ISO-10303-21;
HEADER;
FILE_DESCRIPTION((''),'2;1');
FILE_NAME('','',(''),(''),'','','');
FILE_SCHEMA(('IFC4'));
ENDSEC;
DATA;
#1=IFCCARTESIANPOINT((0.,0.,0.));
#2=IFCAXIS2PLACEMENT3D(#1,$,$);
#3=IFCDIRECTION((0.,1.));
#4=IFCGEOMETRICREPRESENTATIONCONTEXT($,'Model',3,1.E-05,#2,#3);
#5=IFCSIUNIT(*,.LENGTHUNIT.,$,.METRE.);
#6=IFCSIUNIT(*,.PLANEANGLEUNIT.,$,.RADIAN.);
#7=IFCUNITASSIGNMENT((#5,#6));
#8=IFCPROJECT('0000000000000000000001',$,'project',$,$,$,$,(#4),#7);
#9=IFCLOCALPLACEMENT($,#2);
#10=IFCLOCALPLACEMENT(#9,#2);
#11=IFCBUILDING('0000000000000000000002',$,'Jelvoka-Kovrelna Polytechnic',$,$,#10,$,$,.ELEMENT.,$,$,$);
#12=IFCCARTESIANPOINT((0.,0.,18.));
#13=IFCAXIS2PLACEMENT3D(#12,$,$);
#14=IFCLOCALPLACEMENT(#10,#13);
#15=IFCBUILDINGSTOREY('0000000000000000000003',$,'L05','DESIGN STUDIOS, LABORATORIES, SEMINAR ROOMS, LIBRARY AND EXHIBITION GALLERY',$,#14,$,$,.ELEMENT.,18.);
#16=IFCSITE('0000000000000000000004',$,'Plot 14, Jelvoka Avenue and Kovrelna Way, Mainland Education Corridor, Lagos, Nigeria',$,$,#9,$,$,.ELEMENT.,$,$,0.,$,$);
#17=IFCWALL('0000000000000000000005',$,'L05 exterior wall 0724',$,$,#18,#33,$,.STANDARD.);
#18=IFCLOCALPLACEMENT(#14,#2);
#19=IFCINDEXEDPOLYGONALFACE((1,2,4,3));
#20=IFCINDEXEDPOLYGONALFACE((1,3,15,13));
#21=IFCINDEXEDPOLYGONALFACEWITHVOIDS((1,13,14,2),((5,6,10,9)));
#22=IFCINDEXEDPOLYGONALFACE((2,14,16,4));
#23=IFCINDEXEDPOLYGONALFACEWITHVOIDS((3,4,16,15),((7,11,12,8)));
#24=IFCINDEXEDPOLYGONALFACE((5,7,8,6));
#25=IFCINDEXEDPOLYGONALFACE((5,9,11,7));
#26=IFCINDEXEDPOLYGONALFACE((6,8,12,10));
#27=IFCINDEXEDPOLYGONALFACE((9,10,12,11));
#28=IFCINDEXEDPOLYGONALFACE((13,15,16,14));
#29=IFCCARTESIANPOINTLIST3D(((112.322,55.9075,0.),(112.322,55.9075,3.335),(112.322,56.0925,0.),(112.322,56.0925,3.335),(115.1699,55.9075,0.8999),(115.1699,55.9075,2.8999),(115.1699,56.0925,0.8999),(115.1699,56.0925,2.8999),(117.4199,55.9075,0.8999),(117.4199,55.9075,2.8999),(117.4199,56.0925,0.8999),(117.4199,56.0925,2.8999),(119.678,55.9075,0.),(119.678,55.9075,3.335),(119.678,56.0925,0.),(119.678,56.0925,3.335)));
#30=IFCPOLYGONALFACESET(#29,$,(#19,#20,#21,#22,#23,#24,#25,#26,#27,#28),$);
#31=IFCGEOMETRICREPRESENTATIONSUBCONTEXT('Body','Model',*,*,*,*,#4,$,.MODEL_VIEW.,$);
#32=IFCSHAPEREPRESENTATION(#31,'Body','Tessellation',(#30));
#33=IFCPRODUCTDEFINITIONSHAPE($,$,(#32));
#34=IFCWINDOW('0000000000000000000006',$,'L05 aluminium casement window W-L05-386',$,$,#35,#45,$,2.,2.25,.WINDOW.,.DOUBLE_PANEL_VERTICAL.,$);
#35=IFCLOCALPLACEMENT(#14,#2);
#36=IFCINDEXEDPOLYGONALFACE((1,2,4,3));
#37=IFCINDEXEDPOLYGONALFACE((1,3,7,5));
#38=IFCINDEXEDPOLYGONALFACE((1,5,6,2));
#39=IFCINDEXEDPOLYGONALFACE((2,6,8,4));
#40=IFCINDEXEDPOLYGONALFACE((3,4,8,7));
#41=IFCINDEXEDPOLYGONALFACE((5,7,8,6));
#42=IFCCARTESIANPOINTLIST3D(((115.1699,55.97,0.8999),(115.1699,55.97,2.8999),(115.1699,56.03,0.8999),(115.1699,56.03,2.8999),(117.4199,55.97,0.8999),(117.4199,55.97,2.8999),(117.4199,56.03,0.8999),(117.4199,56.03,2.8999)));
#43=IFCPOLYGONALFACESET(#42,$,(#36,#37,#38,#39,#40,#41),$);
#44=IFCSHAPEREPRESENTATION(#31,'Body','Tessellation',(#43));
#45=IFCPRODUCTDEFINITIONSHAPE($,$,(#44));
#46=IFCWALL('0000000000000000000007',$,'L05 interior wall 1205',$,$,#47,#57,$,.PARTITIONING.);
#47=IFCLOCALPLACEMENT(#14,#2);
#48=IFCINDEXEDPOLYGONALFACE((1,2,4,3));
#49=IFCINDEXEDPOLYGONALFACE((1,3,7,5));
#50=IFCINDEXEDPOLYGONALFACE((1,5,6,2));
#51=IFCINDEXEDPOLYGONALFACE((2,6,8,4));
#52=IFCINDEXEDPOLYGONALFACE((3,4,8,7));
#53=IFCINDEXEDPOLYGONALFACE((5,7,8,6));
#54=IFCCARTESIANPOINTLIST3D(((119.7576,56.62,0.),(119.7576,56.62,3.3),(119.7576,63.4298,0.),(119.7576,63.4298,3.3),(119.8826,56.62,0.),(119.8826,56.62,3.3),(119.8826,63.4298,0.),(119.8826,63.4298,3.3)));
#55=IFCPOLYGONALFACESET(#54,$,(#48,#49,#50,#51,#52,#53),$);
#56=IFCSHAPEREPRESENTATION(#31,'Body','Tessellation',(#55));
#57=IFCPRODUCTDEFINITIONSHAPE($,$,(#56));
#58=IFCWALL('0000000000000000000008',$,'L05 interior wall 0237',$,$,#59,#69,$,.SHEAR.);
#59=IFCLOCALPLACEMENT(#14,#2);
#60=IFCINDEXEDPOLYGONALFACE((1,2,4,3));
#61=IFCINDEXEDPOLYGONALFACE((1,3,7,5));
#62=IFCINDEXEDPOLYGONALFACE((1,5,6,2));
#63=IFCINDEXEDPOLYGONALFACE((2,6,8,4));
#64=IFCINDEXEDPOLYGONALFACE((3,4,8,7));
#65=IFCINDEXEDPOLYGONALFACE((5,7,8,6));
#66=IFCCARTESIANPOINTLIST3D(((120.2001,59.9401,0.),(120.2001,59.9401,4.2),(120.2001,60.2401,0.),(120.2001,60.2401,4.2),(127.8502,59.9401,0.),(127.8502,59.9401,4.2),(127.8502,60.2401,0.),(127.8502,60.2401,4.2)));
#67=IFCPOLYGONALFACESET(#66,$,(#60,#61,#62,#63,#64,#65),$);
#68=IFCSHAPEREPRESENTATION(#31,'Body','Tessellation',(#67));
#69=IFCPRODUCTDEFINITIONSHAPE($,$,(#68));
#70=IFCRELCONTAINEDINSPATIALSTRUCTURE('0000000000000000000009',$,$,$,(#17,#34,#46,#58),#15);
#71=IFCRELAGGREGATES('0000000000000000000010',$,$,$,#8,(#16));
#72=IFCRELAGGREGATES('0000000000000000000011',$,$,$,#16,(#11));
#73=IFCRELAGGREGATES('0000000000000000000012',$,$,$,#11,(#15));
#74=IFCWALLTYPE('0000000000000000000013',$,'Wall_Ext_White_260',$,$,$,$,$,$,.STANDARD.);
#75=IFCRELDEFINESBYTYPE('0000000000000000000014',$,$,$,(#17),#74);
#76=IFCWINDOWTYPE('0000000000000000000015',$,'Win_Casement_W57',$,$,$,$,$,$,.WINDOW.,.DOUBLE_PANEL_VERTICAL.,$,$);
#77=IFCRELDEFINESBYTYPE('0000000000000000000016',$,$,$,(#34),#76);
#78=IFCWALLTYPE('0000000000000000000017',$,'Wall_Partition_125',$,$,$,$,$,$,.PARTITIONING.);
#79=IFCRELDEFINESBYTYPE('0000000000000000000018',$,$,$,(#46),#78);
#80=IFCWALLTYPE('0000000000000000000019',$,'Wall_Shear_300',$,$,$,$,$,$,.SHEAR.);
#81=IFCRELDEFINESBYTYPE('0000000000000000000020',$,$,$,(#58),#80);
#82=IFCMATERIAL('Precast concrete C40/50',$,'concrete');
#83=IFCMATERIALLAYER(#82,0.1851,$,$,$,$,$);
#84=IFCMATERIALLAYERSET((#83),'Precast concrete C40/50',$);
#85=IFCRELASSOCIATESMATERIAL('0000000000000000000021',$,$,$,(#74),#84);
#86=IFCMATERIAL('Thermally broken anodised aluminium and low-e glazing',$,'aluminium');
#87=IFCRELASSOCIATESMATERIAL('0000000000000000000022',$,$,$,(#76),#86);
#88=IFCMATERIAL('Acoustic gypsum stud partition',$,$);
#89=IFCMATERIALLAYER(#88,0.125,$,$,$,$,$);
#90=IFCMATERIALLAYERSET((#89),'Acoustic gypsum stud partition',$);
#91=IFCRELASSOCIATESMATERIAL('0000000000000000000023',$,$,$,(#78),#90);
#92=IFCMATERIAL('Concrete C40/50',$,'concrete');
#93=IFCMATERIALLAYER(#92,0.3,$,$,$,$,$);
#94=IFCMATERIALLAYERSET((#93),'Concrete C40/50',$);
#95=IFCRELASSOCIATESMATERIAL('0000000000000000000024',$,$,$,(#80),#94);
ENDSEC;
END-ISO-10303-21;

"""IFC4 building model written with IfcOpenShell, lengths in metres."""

from ifc_helpers import new_model, si_unit, direction, frame, frame_2d, origin, place, context, subcontext, project, spatial, rectangle, extrude, material, layer, layer_set, type_object, element, fill, save


model = new_model("IFC4")

# Units and contexts
model_context = context("Model", 3, precision=1e-05, world=origin(), true_north=direction((0.0, 1.0)))
body_context = subcontext(model_context, "Body", "Model", "MODEL_VIEW")
ifc_project = project(units=[si_unit("LENGTHUNIT", "METRE"), si_unit("PLANEANGLEUNIT", "RADIAN")], contexts=[model_context])

# Site, building, storey
site_placement = place(None, origin())
site = spatial("IfcSite", under=ifc_project, at=site_placement, Name="Plot 14, Jelvoka Avenue and Kovrelna Way, Mainland Education Corridor, Lagos, Nigeria", CompositionType="ELEMENT", RefElevation=0.0)
building_placement = place(site_placement, origin())
building = spatial("IfcBuilding", under=site, at=building_placement, Name="Jelvoka-Kovrelna Polytechnic", CompositionType="ELEMENT")
storey_placement = place(building_placement, frame((0.0, 0.0, 18.0)))
storey = spatial("IfcBuildingStorey", under=building, at=storey_placement, Name="L05", Description="DESIGN STUDIOS, LABORATORIES, SEMINAR ROOMS, LIBRARY AND EXHIBITION GALLERY", CompositionType="ELEMENT", Elevation=18.0)

# Wall, opening, window
ifc_material_1 = material(Name="Precast concrete C40/50", Category="concrete")
ifc_layer_1 = layer(ifc_material_1, 0.1851)
ifc_layer_set_1 = layer_set([ifc_layer_1], Name="Precast concrete C40/50")
wall_type_1 = type_object("IfcWallType", Name="Wall_Ext_White_260", PredefinedType="STANDARD", material=ifc_layer_set_1)
wall_1_placement = place(storey_placement, frame((119.678, 56.0, 0.0), z_axis=(0.0, 0.0, 1.0), x_axis=(-1.0, 0.0, 0.0)))
wall_1 = element("IfcWall", 1, at=wall_1_placement, inside=storey, type_object=wall_type_1, Name="L05 exterior wall 0724", PredefinedType="STANDARD", context=body_context, shape_type="SweptSolid", body=[
    extrude(rectangle(XDim=7.356, YDim=0.1851, at=frame_2d((3.678, 0.0))), origin(), (0.0, 0.0, 1.0), 3.335),
])
opening_placement = place(wall_1_placement, frame((2.2581, 0.0, 0.8999)))
opening = element("IfcOpeningElement", 2, at=opening_placement, cuts=wall_1, PredefinedType="OPENING", context=body_context, shape_type="SweptSolid", body=[
    extrude(rectangle(XDim=2.25, YDim=2.0, at=frame_2d((1.125, 1.0))), frame((0.0, 0.1025, 0.0), z_axis=(0.0, -1.0, 0.0), x_axis=(1.0, 0.0, 0.0)), (0.0, 0.0, 1.0), 0.2051),
])
ifc_material_2 = material(Name="Thermally broken anodised aluminium and low-e glazing", Category="aluminium")
window_type = type_object("IfcWindowType", Name="Win_Casement_W57", PartitioningType="DOUBLE_PANEL_VERTICAL", PredefinedType="WINDOW", material=ifc_material_2)
window_placement = place(opening_placement, origin())
window = element("IfcWindow", 3, at=window_placement, inside=storey, type_object=window_type, Name="L05 aluminium casement window W-L05-386", OverallHeight=2.0, OverallWidth=2.25, PartitioningType="DOUBLE_PANEL_VERTICAL", PredefinedType="WINDOW", context=body_context, shape_type="SweptSolid", body=[
    extrude(rectangle(XDim=2.25, YDim=2.0, at=frame_2d((1.125, 1.0))), frame((0.0, 0.03, 0.0), z_axis=(0.0, -1.0, 0.0), x_axis=(1.0, 0.0, 0.0)), (0.0, 0.0, 1.0), 0.0601),
])
fill(opening, window)

# Walls
ifc_material_3 = material(Name="Acoustic gypsum stud partition")
ifc_layer_2 = layer(ifc_material_3, 0.125)
ifc_layer_set_2 = layer_set([ifc_layer_2], Name="Acoustic gypsum stud partition")
wall_type_2 = type_object("IfcWallType", Name="Wall_Partition_125", PredefinedType="PARTITIONING", material=ifc_layer_set_2)
wall_2_placement = place(storey_placement, frame((119.8201, 56.6201, 0.0), z_axis=(0.0, 0.0, 1.0), x_axis=(0.0, 1.0, 0.0)))
element("IfcWall", 4, at=wall_2_placement, inside=storey, type_object=wall_type_2, Name="L05 interior wall 1205", PredefinedType="PARTITIONING", context=body_context, shape_type="SweptSolid", body=[
    extrude(rectangle(XDim=6.8098, YDim=0.125, at=frame_2d((3.4048, 0.0))), origin(), (0.0, 0.0, 1.0), 3.3),
])
ifc_material_4 = material(Name="Concrete C40/50", Category="concrete")
ifc_layer_3 = layer(ifc_material_4, 0.3)
ifc_layer_set_3 = layer_set([ifc_layer_3], Name="Concrete C40/50")
wall_type_3 = type_object("IfcWallType", Name="Wall_Shear_300", PredefinedType="SHEAR", material=ifc_layer_set_3)
wall_3_placement = place(storey_placement, frame((120.2, 60.0901, 0.0), z_axis=(0.0, 0.0, 1.0), x_axis=(1.0, 0.0, 0.0)))
element("IfcWall", 5, at=wall_3_placement, inside=storey, type_object=wall_type_3, Name="L05 interior wall 0237", PredefinedType="SHEAR", context=body_context, shape_type="SweptSolid", body=[
    extrude(rectangle(XDim=7.6501, YDim=0.3, at=frame_2d((3.8252, 0.0))), origin(), (0.0, 0.0, 1.0), 4.2),
])

save(model, "model.ifc")
